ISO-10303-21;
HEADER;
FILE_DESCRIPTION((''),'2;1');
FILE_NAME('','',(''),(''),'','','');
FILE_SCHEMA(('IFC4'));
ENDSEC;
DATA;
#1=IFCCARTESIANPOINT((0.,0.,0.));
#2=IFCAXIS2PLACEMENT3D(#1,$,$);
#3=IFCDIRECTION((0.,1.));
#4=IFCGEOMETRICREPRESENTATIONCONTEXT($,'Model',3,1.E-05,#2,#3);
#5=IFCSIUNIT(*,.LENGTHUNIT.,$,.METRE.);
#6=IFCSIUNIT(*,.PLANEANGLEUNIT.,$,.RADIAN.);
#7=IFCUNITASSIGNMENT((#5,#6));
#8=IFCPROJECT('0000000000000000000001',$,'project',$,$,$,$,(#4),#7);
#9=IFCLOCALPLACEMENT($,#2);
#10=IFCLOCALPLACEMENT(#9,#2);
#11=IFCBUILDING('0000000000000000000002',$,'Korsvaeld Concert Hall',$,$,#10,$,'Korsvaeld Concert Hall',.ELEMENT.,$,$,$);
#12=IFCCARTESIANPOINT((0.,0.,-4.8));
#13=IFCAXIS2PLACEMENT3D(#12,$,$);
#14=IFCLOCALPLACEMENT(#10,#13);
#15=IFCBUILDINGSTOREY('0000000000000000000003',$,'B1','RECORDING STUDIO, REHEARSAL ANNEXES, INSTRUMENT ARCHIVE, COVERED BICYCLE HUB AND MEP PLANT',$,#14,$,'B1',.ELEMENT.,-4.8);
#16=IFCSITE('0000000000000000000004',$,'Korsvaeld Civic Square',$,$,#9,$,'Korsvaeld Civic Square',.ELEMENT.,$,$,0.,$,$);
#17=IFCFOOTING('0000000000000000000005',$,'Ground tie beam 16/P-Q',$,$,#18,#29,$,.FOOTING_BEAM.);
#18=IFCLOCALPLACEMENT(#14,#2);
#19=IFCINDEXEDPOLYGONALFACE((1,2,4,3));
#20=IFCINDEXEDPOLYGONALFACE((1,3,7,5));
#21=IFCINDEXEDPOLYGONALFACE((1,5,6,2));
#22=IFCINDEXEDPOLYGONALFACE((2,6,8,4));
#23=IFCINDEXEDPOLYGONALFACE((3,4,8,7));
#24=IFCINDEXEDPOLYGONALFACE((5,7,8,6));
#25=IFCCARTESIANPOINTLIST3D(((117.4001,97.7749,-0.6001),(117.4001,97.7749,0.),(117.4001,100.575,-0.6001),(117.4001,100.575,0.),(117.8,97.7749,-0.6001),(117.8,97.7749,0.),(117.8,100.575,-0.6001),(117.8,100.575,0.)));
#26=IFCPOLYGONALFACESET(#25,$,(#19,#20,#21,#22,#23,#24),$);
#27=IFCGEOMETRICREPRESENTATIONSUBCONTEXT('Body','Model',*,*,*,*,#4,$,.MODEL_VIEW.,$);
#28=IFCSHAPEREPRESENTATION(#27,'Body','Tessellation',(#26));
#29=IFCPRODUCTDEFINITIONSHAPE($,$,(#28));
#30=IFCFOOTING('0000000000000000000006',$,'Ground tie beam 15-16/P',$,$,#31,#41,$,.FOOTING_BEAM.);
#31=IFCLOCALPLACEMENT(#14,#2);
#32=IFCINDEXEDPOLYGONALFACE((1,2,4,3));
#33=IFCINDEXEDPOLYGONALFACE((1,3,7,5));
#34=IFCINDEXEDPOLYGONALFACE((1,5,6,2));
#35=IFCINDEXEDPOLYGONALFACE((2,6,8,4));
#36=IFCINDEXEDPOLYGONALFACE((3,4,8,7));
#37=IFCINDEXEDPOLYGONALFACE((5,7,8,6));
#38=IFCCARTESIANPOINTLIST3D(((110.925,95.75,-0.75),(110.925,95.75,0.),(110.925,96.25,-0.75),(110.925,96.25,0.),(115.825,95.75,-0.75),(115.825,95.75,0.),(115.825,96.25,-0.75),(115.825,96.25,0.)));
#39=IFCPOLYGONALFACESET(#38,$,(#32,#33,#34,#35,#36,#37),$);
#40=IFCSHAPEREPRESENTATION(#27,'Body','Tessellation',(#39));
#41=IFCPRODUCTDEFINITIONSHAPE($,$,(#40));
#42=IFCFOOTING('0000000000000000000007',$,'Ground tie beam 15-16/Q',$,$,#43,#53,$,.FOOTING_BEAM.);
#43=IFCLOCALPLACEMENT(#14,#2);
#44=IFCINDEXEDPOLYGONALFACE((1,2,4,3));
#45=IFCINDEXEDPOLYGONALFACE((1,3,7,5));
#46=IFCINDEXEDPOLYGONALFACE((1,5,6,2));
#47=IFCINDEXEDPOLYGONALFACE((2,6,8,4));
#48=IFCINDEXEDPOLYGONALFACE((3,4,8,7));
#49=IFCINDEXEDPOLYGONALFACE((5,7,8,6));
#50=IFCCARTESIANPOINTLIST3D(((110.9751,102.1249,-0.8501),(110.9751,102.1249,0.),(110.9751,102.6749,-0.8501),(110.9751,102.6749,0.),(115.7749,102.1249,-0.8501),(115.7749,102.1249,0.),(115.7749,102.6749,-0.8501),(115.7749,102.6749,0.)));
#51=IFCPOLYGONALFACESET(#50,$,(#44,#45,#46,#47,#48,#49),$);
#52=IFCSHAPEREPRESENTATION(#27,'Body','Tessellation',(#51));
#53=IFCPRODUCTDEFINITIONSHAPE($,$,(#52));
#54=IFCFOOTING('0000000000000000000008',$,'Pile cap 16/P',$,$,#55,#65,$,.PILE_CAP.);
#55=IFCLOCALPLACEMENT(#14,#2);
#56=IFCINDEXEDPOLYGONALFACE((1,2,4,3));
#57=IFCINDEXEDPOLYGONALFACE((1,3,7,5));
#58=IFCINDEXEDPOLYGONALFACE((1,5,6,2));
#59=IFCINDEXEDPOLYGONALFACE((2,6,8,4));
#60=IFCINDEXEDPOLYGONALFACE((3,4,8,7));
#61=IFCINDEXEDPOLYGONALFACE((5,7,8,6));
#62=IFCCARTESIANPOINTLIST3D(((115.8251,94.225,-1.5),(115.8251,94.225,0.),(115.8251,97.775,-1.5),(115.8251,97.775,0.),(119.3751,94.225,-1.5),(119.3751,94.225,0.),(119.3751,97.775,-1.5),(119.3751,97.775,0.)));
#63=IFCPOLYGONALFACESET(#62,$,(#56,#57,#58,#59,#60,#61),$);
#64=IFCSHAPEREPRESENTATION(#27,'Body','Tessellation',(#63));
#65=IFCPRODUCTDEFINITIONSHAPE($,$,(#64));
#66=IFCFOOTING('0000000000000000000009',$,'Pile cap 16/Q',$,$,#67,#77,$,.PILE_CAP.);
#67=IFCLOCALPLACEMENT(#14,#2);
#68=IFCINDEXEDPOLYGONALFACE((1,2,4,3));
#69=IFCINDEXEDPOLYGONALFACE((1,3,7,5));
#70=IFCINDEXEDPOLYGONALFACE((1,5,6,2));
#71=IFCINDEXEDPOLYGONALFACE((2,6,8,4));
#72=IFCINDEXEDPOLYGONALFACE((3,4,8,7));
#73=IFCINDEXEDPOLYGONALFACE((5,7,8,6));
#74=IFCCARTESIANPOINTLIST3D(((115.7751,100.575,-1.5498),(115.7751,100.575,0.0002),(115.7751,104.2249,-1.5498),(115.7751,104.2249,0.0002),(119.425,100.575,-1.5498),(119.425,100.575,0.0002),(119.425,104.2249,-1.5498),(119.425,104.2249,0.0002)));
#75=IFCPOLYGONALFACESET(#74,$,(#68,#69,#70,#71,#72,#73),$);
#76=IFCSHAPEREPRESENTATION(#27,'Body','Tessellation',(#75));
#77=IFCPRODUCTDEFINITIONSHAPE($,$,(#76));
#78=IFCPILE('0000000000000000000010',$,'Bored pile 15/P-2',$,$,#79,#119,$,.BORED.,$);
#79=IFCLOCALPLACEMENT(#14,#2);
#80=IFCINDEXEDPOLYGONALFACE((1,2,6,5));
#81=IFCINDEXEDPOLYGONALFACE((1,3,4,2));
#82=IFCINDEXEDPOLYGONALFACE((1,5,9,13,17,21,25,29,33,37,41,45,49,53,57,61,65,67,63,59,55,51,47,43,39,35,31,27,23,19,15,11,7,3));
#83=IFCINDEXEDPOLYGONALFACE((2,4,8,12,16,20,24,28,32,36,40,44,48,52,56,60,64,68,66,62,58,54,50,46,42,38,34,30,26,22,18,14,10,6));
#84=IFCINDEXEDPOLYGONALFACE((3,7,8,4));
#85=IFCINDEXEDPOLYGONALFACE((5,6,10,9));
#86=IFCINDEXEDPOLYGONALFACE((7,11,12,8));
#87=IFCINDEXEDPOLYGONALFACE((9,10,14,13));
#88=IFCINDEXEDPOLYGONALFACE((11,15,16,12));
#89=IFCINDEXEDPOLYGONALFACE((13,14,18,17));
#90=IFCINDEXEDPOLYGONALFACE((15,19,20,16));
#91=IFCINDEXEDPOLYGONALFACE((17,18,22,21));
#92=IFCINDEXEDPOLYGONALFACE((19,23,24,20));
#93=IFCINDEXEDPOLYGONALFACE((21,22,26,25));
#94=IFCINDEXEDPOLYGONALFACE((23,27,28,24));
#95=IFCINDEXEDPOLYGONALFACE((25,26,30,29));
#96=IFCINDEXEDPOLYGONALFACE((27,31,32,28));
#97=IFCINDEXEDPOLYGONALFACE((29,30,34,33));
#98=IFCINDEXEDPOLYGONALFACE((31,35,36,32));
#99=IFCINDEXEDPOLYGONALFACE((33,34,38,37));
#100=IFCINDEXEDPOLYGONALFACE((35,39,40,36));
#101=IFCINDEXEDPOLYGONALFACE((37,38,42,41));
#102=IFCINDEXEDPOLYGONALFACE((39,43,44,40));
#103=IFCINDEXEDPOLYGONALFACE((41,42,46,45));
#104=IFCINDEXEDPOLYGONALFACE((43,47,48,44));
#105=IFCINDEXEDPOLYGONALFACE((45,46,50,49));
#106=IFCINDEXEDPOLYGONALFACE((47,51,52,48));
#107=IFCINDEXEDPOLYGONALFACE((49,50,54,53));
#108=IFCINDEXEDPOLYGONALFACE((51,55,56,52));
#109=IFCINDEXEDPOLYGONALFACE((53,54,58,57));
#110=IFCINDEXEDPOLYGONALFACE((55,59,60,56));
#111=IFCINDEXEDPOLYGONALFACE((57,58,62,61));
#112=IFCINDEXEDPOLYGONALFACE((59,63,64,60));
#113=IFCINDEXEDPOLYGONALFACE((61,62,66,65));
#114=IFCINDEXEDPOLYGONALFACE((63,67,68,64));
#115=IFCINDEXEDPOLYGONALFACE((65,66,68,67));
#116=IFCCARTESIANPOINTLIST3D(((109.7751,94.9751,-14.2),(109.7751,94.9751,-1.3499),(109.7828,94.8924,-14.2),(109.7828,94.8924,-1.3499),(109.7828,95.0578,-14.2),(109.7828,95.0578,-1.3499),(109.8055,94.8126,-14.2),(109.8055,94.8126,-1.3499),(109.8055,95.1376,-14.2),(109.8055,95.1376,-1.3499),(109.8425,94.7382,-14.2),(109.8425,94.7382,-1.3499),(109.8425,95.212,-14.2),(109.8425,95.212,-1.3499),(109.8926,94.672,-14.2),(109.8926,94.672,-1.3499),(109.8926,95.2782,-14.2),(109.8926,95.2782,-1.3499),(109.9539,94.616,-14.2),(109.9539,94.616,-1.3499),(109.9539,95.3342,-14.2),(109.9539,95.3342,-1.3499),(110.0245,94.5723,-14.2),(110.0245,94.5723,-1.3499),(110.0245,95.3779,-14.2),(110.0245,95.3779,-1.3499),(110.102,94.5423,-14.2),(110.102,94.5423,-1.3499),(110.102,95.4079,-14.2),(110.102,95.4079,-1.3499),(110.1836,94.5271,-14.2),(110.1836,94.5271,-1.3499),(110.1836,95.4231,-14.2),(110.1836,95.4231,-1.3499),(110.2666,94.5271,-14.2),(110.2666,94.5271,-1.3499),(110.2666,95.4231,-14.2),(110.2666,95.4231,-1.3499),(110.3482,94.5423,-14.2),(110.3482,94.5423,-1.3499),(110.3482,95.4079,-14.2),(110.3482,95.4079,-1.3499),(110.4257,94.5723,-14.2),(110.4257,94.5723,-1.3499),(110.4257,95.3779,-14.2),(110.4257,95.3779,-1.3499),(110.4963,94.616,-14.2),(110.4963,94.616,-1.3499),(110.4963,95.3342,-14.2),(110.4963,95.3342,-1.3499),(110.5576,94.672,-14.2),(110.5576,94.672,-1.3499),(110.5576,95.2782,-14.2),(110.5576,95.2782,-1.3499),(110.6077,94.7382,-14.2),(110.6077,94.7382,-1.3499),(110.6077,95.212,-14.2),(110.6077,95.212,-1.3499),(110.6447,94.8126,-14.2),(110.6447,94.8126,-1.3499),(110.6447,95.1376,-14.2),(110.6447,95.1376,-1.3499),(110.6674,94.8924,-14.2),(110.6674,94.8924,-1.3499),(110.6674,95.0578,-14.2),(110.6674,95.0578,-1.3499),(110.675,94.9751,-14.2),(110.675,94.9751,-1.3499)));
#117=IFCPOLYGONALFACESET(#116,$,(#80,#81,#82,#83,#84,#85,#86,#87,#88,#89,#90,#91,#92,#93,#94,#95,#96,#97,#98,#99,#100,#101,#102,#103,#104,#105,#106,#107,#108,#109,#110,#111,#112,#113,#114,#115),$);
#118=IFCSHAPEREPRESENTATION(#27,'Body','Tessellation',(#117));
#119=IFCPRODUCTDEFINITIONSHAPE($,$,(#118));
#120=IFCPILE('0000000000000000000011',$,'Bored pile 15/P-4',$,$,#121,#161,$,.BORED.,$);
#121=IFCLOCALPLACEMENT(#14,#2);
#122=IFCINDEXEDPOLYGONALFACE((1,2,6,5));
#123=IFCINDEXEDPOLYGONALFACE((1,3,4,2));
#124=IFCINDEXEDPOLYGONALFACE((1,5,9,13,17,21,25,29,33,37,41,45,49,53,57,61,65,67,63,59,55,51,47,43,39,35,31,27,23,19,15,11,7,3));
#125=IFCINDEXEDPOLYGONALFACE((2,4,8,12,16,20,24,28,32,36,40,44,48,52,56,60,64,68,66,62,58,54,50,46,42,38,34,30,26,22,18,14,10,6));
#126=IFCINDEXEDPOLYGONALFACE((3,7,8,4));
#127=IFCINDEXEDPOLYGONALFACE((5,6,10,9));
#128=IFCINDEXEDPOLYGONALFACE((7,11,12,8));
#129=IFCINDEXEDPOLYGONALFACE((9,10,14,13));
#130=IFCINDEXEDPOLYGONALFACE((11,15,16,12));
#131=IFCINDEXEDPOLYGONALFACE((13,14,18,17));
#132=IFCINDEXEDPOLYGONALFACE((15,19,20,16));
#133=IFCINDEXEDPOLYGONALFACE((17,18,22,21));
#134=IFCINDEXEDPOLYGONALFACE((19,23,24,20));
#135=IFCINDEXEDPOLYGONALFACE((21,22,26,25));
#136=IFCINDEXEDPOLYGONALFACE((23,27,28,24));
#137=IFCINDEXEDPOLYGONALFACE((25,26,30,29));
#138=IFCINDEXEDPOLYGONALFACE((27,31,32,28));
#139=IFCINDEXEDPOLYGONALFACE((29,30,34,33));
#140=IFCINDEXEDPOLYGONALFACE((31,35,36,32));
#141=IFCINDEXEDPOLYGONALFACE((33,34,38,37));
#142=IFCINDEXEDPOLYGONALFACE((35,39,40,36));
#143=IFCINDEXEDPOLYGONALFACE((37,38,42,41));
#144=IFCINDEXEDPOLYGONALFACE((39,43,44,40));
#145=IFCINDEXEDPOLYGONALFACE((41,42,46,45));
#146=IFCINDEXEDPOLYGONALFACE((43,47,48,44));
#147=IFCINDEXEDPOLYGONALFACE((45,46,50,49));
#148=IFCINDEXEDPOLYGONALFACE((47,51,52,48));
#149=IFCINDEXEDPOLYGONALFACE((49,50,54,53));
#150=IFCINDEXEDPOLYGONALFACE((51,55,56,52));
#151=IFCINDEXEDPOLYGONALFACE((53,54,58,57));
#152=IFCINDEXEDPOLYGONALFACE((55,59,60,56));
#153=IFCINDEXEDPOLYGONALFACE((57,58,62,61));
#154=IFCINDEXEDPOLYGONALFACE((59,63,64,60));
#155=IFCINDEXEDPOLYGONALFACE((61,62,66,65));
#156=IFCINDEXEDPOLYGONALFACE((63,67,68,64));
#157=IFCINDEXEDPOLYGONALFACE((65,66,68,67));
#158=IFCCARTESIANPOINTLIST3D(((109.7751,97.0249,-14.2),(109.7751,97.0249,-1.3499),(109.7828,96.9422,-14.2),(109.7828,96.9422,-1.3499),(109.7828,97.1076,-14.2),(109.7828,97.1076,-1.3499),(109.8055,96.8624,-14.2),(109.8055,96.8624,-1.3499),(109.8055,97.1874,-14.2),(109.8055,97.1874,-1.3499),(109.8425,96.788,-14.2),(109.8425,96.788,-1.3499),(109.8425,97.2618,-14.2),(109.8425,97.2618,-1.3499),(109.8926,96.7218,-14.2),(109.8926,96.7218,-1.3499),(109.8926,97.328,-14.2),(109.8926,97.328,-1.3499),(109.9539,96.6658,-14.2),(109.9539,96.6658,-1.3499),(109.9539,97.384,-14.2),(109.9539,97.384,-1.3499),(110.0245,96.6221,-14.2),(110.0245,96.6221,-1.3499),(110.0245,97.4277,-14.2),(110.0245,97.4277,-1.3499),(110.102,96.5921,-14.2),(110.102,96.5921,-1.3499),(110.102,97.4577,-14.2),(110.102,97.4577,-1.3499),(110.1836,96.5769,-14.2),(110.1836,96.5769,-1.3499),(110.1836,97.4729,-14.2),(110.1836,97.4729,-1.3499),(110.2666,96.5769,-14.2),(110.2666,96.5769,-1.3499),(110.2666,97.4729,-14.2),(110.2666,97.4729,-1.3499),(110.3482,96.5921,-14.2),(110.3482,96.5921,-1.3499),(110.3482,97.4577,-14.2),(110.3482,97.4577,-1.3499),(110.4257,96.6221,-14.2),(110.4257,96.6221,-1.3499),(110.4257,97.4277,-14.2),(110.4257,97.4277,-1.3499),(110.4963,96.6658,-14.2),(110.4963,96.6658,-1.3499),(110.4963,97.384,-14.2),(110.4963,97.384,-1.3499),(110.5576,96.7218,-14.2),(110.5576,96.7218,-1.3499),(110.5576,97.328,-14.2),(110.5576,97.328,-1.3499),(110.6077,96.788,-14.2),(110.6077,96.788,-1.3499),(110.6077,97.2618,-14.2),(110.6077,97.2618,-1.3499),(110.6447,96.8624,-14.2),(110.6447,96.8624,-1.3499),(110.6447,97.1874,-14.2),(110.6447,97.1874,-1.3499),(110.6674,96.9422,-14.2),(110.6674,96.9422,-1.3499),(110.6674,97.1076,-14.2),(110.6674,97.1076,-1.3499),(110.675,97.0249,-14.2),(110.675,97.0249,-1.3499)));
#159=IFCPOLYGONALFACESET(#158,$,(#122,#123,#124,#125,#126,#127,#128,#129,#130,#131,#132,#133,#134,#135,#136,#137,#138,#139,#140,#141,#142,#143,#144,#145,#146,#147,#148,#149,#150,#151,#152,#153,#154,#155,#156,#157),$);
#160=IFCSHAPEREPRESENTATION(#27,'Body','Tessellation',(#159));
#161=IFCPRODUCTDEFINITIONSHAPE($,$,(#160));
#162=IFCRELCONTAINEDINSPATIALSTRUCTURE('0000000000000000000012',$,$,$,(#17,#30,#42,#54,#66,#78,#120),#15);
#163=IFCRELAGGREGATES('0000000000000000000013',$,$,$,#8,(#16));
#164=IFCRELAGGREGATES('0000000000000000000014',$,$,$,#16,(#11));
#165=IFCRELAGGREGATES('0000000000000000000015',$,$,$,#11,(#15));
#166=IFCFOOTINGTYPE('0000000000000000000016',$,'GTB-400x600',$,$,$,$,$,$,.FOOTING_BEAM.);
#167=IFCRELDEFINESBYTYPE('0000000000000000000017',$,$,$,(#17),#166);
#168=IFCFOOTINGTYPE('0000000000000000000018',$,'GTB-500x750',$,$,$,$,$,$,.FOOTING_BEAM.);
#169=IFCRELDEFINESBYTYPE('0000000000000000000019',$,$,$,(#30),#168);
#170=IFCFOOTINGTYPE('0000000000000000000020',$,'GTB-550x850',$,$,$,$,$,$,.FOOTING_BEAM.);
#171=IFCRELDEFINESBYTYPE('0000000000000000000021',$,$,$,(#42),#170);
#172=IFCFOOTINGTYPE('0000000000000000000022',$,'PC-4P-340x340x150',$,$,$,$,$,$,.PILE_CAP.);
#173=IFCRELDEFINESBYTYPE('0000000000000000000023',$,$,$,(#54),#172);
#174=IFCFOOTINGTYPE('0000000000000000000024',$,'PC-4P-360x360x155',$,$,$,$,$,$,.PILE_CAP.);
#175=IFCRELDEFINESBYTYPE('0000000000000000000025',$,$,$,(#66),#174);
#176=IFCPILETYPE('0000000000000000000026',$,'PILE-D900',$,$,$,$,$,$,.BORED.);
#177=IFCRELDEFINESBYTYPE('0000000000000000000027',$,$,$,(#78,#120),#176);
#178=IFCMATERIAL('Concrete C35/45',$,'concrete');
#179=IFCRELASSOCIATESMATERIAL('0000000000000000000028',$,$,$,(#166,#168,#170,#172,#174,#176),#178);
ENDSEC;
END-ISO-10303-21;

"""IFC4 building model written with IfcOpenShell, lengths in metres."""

from ifc_helpers import new_model, si_unit, direction, frame, origin, origin_2d, place, context, subcontext, project, spatial, rectangle, circle, extrude, material, material_profile, profile_set, type_object, element, save


model = new_model("IFC4")

# Units and contexts
model_context = context("Model", 3, precision=1e-05, world=origin(), true_north=direction((0.0, 1.0)))
body_context = subcontext(model_context, "Body", "Model", "MODEL_VIEW")
ifc_project = project(units=[si_unit("LENGTHUNIT", "METRE"), si_unit("PLANEANGLEUNIT", "RADIAN")], contexts=[model_context])

# Site, building, storey
site_placement = place(None, origin())
site = spatial("IfcSite", under=ifc_project, at=site_placement, Name="Korsvaeld Civic Square", LongName="Korsvaeld Civic Square", CompositionType="ELEMENT", RefElevation=0.0)
building_placement = place(site_placement, origin())
building = spatial("IfcBuilding", under=site, at=building_placement, Name="Korsvaeld Concert Hall", LongName="Korsvaeld Concert Hall", CompositionType="ELEMENT")
storey_placement = place(building_placement, frame((0.0, 0.0, -4.8)))
storey = spatial("IfcBuildingStorey", under=building, at=storey_placement, Name="B1", Description="RECORDING STUDIO, REHEARSAL ANNEXES, INSTRUMENT ARCHIVE, COVERED BICYCLE HUB AND MEP PLANT", LongName="B1", CompositionType="ELEMENT", Elevation=-4.8)

# Footings
ifc_material_1 = material(Name="Concrete C35/45", Category="concrete")
ifc_material_profile_1 = material_profile(ifc_material_1, rectangle(XDim=0.3999, YDim=0.6001, at=origin_2d()), Name="GTB 400x600")
ifc_profile_set_1 = profile_set([ifc_material_profile_1], Name="Concrete C35/45")
footing_type_1 = type_object("IfcFootingType", Name="GTB-400x600", PredefinedType="FOOTING_BEAM", material=ifc_profile_set_1)
footing_1_placement = place(storey_placement, frame((117.6001, 97.7749, -0.3), z_axis=(0.0, 1.0, 0.0), x_axis=(-1.0, 0.0, 0.0)))
element("IfcFooting", 1, at=footing_1_placement, inside=storey, type_object=footing_type_1, Name="Ground tie beam 16/P-Q", PredefinedType="FOOTING_BEAM", context=body_context, shape_type="SweptSolid", body=[
    extrude(rectangle(XDim=0.3999, YDim=0.6001, at=origin_2d()), origin(), (0.0, 0.0, 1.0), 2.8),
])
ifc_material_profile_2 = material_profile(ifc_material_1, rectangle(XDim=0.5, YDim=0.75, at=origin_2d()), Name="GTB 500x750")
ifc_profile_set_2 = profile_set([ifc_material_profile_2], Name="Concrete C35/45")
footing_type_2 = type_object("IfcFootingType", Name="GTB-500x750", PredefinedType="FOOTING_BEAM", material=ifc_profile_set_2)
footing_2_placement = place(storey_placement, frame((110.925, 96.0, -0.375), z_axis=(1.0, 0.0, 0.0), x_axis=(0.0, 1.0, 0.0)))
element("IfcFooting", 2, at=footing_2_placement, inside=storey, type_object=footing_type_2, Name="Ground tie beam 15-16/P", PredefinedType="FOOTING_BEAM", context=body_context, shape_type="SweptSolid", body=[
    extrude(rectangle(XDim=0.5, YDim=0.75, at=origin_2d()), origin(), (0.0, 0.0, 1.0), 4.8999),
])
ifc_material_profile_3 = material_profile(ifc_material_1, rectangle(XDim=0.55, YDim=0.8501, at=origin_2d()), Name="GTB 550x850")
ifc_profile_set_3 = profile_set([ifc_material_profile_3], Name="Concrete C35/45")
footing_type_3 = type_object("IfcFootingType", Name="GTB-550x850", PredefinedType="FOOTING_BEAM", material=ifc_profile_set_3)
footing_3_placement = place(storey_placement, frame((110.9751, 102.3999, -0.425), z_axis=(1.0, 0.0, 0.0), x_axis=(0.0, 1.0, 0.0)))
element("IfcFooting", 3, at=footing_3_placement, inside=storey, type_object=footing_type_3, Name="Ground tie beam 15-16/Q", PredefinedType="FOOTING_BEAM", context=body_context, shape_type="SweptSolid", body=[
    extrude(rectangle(XDim=0.55, YDim=0.8501, at=origin_2d()), origin(), (0.0, 0.0, 1.0), 4.7998),
])
footing_type_4 = type_object("IfcFootingType", Name="PC-4P-340x340x150", PredefinedType="PILE_CAP", material=ifc_material_1)
footing_4_placement = place(storey_placement, frame((117.6001, 96.0, -1.5), z_axis=(0.0, 0.0, 1.0), x_axis=(1.0, 0.0, 0.0)))
element("IfcFooting", 4, at=footing_4_placement, inside=storey, type_object=footing_type_4, Name="Pile cap 16/P", PredefinedType="PILE_CAP", context=body_context, shape_type="SweptSolid", body=[
    extrude(rectangle(XDim=3.55, YDim=3.55, at=origin_2d()), origin(), (0.0, 0.0, 1.0), 1.5),
])
footing_type_5 = type_object("IfcFootingType", Name="PC-4P-360x360x155", PredefinedType="PILE_CAP", material=ifc_material_1)
footing_5_placement = place(storey_placement, frame((117.6001, 102.3999, -1.5498), z_axis=(0.0, 0.0, 1.0), x_axis=(1.0, 0.0, 0.0)))
element("IfcFooting", 5, at=footing_5_placement, inside=storey, type_object=footing_type_5, Name="Pile cap 16/Q", PredefinedType="PILE_CAP", context=body_context, shape_type="SweptSolid", body=[
    extrude(rectangle(XDim=3.6499, YDim=3.6499, at=origin_2d()), origin(), (0.0, 0.0, 1.0), 1.55),
])

# Piles
ifc_material_profile_4 = material_profile(ifc_material_1, circle(Radius=0.45, at=origin_2d()), Name="BORED PILE D900")
ifc_profile_set_4 = profile_set([ifc_material_profile_4], Name="Concrete C35/45")
pile_type = type_object("IfcPileType", Name="PILE-D900", PredefinedType="BORED", material=ifc_profile_set_4)
for number, where, z_axis, x_axis, name in (
    (6, (110.2251, 94.9751, -1.3499), (0.0, 0.0, -1.0), (1.0, 0.0, 0.0), "Bored pile 15/P-2"),
    (7, (110.2251, 97.0249, -1.3499), (0.0, 0.0, -1.0), (1.0, 0.0, 0.0), "Bored pile 15/P-4"),
):
    element("IfcPile", number, at=place(storey_placement, frame(where, z_axis=z_axis, x_axis=x_axis)), inside=storey, type_object=pile_type, Name=name, PredefinedType="BORED", context=body_context, shape_type="SweptSolid", body=[
        extrude(circle(Radius=0.45, at=origin_2d()), origin(), (0.0, 0.0, 1.0), 12.8501),
    ])

save(model, "model.ifc")
